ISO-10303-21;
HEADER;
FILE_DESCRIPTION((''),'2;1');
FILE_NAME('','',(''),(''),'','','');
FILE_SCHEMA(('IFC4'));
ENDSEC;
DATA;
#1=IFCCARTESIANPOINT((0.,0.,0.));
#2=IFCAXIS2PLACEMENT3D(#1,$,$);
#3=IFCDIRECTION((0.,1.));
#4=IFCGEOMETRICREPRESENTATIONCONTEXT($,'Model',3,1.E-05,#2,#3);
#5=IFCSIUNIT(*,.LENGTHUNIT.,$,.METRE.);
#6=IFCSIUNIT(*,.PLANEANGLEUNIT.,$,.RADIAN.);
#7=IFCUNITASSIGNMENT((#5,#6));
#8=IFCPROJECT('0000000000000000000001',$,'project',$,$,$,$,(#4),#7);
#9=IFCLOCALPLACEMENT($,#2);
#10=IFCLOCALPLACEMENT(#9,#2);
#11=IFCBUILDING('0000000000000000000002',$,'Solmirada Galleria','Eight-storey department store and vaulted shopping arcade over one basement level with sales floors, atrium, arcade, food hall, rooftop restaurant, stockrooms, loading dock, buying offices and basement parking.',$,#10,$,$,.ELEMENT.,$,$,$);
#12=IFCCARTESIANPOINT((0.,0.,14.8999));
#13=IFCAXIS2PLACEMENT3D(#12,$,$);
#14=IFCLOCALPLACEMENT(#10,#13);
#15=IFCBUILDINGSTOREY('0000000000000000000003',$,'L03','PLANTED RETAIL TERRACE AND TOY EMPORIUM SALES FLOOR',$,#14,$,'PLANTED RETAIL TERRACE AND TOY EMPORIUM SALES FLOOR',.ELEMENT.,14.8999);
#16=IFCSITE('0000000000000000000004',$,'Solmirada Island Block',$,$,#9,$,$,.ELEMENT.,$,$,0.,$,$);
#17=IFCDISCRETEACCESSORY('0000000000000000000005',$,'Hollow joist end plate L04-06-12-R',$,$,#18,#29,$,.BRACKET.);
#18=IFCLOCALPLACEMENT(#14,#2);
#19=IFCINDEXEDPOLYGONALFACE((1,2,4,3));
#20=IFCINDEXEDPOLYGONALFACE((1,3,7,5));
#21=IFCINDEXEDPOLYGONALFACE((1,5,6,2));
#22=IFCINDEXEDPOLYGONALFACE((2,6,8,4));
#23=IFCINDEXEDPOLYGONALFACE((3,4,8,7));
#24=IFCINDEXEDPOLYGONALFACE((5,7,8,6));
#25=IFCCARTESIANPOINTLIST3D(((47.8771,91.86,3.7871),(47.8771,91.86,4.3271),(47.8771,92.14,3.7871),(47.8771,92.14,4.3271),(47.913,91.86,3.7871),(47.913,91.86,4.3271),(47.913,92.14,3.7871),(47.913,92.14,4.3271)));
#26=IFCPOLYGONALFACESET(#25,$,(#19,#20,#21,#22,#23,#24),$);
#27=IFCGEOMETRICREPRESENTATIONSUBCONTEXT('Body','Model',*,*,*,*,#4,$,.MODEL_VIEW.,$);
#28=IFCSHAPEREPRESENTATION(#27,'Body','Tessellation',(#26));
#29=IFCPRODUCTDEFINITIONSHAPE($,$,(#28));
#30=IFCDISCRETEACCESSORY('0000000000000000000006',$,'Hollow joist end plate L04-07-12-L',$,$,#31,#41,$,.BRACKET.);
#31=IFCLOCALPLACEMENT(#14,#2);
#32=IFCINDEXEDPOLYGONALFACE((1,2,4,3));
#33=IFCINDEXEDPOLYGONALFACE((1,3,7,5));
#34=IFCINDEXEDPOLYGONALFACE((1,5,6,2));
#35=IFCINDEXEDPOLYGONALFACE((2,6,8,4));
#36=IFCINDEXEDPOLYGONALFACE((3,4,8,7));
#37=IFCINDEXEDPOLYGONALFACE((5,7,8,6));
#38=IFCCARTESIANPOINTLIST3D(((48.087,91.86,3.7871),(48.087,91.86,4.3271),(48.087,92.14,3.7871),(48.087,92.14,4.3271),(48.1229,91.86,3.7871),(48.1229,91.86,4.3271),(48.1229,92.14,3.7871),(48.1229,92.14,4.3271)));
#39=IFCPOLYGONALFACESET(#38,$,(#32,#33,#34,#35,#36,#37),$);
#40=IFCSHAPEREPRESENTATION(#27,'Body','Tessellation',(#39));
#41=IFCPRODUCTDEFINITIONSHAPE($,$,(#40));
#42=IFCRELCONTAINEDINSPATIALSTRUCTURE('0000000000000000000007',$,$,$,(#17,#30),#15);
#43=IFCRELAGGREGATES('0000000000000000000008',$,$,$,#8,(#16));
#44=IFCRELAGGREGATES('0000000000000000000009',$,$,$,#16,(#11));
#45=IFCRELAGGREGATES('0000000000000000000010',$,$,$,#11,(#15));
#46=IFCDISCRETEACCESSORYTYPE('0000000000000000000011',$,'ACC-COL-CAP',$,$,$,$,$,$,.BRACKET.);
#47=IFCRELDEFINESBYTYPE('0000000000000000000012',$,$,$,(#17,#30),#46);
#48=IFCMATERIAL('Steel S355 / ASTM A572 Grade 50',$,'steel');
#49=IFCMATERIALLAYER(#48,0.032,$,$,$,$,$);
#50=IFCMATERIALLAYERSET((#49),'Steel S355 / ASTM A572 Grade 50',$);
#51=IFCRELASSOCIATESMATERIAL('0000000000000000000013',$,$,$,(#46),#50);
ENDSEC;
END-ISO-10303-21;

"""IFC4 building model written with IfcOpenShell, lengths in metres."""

from ifc_helpers import new_model, si_unit, direction, frame, origin, origin_2d, place, context, subcontext, project, spatial, rectangle, extrude, material, layer, layer_set, type_object, element, save


model = new_model("IFC4")

# Units and contexts
model_context = context("Model", 3, precision=1e-05, world=origin(), true_north=direction((0.0, 1.0)))
body_context = subcontext(model_context, "Body", "Model", "MODEL_VIEW")
ifc_project = project(units=[si_unit("LENGTHUNIT", "METRE"), si_unit("PLANEANGLEUNIT", "RADIAN")], contexts=[model_context])

# Site, building, storey
site_placement = place(None, origin())
site = spatial("IfcSite", under=ifc_project, at=site_placement, Name="Solmirada Island Block", CompositionType="ELEMENT", RefElevation=0.0)
building_placement = place(site_placement, origin())
building = spatial("IfcBuilding", under=site, at=building_placement, Name="Solmirada Galleria", Description="Eight-storey department store and vaulted shopping arcade over one basement level with sales floors, atrium, arcade, food hall, rooftop restaurant, stockrooms, loading dock, buying offices and basement parking.", CompositionType="ELEMENT")
storey_placement = place(building_placement, frame((0.0, 0.0, 14.8999)))
storey = spatial("IfcBuildingStorey", under=building, at=storey_placement, Name="L03", Description="PLANTED RETAIL TERRACE AND TOY EMPORIUM SALES FLOOR", LongName="PLANTED RETAIL TERRACE AND TOY EMPORIUM SALES FLOOR", CompositionType="ELEMENT", Elevation=14.8999)

# Discrete accessories
ifc_material_1 = material(Name="Steel S355 / ASTM A572 Grade 50", Category="steel")
ifc_layer_1 = layer(ifc_material_1, 0.032)
ifc_layer_set_1 = layer_set([ifc_layer_1], Name="Steel S355 / ASTM A572 Grade 50")
discrete_accessory_type = type_object("IfcDiscreteAccessoryType", Name="ACC-COL-CAP", PredefinedType="BRACKET", material=ifc_layer_set_1)
for number, where, z_axis, x_axis, name in (
    (1, (47.895, 92.0, 3.7871), (0.0, 0.0, 1.0), (1.0, 0.0, 0.0), "Hollow joist end plate L04-06-12-R"),
    (2, (48.105, 92.0, 3.7871), (0.0, 0.0, 1.0), (1.0, 0.0, 0.0), "Hollow joist end plate L04-07-12-L"),
):
    element("IfcDiscreteAccessory", number, at=place(storey_placement, frame(where, z_axis=z_axis, x_axis=x_axis)), inside=storey, type_object=discrete_accessory_type, Name=name, PredefinedType="BRACKET", context=body_context, shape_type="SweptSolid", body=[
        extrude(rectangle(XDim=0.0359, YDim=0.28, at=origin_2d()), origin(), (0.0, 0.0, 1.0), 0.54),
    ])

save(model, "model.ifc")
